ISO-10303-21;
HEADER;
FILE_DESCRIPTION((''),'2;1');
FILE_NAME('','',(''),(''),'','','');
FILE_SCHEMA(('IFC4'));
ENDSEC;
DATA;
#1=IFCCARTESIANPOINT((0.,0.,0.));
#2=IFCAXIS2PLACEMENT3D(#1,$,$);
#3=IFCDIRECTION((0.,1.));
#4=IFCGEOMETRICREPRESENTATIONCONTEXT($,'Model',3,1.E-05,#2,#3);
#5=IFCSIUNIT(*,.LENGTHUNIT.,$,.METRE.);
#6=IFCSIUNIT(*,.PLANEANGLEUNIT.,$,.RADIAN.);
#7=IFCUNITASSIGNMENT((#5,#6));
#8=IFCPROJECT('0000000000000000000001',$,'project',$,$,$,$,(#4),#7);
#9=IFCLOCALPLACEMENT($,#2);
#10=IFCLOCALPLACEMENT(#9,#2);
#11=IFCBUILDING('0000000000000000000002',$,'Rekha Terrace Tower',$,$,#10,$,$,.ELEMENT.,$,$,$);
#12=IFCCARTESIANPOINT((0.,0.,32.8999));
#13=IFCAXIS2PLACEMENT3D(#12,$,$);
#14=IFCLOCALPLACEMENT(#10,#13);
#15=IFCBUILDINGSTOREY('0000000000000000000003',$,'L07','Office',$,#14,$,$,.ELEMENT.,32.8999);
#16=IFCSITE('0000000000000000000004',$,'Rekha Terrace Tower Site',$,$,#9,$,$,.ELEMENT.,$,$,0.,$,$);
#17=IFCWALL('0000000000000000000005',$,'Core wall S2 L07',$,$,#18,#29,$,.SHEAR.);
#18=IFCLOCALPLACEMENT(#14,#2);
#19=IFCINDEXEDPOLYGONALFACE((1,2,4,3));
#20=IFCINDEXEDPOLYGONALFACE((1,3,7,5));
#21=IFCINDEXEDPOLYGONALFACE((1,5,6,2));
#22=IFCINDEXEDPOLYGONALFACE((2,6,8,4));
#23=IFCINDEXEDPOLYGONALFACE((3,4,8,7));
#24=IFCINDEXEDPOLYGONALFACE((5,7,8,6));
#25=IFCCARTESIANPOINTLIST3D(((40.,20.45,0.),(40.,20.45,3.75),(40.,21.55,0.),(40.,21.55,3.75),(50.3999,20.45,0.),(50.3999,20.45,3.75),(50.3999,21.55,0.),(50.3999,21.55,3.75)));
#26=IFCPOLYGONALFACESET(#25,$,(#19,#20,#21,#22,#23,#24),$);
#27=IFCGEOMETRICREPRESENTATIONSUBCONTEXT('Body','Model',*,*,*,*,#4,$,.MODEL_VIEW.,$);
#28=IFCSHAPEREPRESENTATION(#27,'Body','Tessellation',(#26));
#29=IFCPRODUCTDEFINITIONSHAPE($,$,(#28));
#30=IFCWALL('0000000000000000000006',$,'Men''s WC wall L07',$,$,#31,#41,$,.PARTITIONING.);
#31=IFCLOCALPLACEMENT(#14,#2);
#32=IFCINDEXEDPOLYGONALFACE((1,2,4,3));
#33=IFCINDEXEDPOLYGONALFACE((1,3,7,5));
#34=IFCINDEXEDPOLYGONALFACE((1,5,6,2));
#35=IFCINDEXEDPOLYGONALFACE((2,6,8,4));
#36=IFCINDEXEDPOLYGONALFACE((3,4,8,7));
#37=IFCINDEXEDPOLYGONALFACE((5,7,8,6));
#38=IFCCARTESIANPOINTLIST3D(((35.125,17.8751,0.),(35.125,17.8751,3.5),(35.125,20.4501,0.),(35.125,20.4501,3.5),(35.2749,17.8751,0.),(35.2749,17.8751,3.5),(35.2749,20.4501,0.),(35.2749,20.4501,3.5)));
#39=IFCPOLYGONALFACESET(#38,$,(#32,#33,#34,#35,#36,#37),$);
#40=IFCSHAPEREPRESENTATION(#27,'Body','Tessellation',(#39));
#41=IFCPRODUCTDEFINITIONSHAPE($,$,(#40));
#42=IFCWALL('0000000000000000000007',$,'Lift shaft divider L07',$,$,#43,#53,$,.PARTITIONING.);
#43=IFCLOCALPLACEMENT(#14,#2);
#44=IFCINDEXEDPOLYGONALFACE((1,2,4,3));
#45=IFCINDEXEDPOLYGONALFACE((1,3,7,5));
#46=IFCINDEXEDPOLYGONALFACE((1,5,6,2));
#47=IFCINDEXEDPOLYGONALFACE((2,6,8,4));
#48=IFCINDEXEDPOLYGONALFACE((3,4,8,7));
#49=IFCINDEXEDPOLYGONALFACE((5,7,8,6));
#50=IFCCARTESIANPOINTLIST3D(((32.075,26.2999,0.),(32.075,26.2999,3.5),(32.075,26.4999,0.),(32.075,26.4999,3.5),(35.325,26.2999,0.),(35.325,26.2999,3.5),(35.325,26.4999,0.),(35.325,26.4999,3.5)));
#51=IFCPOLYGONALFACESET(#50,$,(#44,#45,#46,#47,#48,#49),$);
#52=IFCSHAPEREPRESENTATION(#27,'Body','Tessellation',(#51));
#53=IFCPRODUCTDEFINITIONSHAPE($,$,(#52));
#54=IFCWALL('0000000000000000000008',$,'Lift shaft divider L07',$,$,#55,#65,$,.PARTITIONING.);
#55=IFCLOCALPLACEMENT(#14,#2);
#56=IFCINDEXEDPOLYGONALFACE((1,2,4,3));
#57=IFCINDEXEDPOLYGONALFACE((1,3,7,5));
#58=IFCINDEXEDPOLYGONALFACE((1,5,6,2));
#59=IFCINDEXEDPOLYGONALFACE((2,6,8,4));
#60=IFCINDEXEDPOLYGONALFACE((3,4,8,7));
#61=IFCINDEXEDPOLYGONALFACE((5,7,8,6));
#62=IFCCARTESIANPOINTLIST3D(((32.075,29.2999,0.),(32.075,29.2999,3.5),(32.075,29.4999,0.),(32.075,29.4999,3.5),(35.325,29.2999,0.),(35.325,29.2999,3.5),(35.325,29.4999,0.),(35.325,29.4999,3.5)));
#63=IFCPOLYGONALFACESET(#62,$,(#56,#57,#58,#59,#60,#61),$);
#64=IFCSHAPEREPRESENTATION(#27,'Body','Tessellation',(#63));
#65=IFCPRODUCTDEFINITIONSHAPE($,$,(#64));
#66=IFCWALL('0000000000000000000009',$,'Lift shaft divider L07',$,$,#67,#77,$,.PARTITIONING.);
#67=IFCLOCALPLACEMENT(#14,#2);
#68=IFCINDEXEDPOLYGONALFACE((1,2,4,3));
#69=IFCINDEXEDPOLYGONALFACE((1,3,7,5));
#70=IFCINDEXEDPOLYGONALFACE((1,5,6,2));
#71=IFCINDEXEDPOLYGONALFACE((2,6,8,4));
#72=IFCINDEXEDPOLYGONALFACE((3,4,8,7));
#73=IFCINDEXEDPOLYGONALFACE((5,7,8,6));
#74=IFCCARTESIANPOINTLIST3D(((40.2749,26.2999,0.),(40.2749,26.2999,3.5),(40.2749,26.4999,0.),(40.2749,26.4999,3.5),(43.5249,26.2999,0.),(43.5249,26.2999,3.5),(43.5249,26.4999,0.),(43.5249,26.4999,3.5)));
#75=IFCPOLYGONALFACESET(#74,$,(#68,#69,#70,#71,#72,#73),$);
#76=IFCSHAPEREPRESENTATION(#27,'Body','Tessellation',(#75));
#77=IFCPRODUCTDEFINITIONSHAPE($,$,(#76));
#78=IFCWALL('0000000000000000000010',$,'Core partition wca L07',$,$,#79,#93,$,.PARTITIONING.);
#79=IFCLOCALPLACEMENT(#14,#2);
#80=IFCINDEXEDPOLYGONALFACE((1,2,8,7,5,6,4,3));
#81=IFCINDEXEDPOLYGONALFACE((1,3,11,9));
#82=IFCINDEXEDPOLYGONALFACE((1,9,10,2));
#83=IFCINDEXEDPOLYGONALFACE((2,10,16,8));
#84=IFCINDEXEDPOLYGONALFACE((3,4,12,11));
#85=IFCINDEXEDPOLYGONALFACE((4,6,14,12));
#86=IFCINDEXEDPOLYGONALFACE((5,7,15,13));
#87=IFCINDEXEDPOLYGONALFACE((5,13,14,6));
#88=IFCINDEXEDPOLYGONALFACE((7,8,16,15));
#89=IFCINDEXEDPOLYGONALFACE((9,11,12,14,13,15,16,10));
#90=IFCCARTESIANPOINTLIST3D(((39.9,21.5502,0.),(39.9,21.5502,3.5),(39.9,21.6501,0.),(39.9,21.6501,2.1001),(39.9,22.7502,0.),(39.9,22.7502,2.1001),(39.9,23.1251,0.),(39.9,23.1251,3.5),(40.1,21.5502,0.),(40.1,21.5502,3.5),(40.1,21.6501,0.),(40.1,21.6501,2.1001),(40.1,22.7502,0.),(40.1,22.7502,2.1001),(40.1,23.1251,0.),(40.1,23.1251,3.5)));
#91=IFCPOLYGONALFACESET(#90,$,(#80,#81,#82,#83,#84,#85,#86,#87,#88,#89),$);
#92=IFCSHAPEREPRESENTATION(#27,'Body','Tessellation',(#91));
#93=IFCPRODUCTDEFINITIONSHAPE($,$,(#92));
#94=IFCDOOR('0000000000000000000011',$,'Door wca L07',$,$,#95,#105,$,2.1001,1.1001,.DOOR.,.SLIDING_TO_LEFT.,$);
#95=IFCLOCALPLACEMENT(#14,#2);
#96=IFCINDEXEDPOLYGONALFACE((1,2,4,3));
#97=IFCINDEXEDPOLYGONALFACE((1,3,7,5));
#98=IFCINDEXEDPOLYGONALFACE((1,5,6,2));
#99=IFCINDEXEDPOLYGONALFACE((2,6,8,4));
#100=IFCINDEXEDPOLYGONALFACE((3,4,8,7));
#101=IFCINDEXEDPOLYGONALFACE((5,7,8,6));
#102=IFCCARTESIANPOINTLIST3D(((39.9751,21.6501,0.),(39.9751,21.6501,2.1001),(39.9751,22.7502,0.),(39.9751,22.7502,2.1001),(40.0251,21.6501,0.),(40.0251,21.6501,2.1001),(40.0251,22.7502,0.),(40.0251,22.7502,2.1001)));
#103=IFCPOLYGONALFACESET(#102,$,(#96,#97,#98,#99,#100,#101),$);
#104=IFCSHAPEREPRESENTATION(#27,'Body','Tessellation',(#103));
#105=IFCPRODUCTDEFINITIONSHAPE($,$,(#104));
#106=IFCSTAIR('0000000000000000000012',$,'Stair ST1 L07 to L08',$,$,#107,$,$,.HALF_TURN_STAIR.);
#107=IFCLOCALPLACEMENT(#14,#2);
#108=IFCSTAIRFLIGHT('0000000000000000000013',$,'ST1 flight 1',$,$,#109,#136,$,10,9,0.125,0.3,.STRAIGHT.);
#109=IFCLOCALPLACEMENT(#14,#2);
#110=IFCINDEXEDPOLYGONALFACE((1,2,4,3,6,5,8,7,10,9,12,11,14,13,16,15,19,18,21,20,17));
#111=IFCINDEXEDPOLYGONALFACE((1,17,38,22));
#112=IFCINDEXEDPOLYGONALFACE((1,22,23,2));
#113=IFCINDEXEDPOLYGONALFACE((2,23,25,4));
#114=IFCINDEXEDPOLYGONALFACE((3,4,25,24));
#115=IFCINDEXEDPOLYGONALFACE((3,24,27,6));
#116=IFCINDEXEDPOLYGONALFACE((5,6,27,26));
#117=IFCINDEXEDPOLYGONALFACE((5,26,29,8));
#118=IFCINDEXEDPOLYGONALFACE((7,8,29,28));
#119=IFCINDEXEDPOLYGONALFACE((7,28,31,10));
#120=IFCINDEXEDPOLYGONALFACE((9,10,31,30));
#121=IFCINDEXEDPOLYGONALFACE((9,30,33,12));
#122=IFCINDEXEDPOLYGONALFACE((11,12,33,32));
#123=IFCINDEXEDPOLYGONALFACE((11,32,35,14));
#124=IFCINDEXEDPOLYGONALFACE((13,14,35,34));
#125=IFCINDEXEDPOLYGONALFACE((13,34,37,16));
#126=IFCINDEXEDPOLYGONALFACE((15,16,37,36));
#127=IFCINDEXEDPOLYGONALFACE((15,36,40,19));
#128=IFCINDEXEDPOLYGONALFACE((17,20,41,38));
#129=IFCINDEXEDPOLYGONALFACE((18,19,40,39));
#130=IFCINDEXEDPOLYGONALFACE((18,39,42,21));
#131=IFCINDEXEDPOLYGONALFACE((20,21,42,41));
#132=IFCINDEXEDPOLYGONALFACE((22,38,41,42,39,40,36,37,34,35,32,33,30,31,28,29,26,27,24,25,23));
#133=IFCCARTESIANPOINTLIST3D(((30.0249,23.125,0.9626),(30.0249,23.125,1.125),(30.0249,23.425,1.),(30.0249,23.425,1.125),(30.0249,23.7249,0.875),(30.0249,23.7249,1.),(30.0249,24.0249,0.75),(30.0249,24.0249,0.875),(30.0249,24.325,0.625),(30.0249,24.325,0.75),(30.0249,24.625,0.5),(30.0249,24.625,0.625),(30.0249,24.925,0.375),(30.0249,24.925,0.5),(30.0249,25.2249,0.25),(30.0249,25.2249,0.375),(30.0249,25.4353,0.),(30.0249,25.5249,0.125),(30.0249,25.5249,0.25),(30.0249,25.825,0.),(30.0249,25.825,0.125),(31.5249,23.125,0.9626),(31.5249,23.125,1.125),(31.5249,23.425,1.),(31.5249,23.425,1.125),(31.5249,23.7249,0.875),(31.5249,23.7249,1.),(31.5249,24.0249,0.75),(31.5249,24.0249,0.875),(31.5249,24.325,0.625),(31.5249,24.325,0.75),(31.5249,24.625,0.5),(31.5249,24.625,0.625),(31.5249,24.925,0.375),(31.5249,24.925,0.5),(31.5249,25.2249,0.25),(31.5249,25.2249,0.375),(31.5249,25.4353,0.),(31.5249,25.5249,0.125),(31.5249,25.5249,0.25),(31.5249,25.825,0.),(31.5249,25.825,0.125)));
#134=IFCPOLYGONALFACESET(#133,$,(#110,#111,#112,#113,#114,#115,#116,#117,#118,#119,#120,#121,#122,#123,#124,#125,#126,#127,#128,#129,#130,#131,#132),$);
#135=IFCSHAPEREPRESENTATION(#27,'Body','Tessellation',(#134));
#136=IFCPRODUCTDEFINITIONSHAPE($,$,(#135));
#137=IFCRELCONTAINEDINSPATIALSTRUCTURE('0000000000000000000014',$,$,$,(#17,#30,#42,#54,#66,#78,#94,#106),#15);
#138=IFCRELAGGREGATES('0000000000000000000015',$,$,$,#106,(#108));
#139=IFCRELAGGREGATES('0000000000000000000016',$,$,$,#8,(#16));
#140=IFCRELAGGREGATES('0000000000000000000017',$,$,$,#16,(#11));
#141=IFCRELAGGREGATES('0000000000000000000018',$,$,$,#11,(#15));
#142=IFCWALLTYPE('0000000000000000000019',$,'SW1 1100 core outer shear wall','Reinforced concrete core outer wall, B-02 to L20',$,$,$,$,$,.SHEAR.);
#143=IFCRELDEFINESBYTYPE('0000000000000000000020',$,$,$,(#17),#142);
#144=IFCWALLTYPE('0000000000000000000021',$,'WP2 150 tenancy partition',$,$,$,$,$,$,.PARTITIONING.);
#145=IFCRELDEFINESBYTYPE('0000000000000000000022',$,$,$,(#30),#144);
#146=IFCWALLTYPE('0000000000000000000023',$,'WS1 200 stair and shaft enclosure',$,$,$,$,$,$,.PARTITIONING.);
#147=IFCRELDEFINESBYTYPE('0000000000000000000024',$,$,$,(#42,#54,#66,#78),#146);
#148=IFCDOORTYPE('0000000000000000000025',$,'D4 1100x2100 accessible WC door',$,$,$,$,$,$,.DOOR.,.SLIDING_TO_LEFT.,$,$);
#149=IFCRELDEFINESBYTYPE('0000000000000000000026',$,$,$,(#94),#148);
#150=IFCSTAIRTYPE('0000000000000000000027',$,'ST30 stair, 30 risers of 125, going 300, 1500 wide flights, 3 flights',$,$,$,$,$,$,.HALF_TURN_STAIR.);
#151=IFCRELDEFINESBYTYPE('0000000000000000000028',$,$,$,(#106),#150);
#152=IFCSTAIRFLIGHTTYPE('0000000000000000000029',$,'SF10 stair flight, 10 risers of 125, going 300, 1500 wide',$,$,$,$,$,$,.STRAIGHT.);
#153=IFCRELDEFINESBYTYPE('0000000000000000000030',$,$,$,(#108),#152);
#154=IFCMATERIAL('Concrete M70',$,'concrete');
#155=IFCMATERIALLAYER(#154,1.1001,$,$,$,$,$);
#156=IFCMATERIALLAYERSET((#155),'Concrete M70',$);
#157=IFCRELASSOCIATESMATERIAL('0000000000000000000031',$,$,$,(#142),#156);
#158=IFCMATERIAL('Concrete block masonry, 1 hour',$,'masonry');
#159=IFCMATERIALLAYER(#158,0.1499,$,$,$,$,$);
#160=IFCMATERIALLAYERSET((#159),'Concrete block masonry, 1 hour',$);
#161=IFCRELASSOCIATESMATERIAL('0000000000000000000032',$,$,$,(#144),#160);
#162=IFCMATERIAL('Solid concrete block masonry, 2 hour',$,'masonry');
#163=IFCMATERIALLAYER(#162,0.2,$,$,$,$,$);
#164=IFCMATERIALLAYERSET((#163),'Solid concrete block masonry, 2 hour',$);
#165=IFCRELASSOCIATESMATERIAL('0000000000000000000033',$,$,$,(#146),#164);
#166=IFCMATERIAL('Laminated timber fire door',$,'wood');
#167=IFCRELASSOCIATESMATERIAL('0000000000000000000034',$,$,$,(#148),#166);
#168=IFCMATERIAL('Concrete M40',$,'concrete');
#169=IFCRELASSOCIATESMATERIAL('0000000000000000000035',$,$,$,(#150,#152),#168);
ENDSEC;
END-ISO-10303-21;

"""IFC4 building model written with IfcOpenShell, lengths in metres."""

from ifc_helpers import new_model, si_unit, direction, frame, frame_2d, origin, place, context, subcontext, project, spatial, polyline, rectangle, outline, extrude, material, layer, layer_set, type_object, element, fill, aggregate, save


model = new_model("IFC4")

# Units and contexts
model_context = context("Model", 3, precision=1e-05, world=origin(), true_north=direction((0.0, 1.0)))
body_context = subcontext(model_context, "Body", "Model", "MODEL_VIEW")
ifc_project = project(units=[si_unit("LENGTHUNIT", "METRE"), si_unit("PLANEANGLEUNIT", "RADIAN")], contexts=[model_context])

# Site, building, storey
site_placement = place(None, origin())
site = spatial("IfcSite", under=ifc_project, at=site_placement, Name="Rekha Terrace Tower Site", CompositionType="ELEMENT", RefElevation=0.0)
building_placement = place(site_placement, origin())
building = spatial("IfcBuilding", under=site, at=building_placement, Name="Rekha Terrace Tower", CompositionType="ELEMENT")
storey_placement = place(building_placement, frame((0.0, 0.0, 32.8999)))
storey = spatial("IfcBuildingStorey", under=building, at=storey_placement, Name="L07", Description="Office", CompositionType="ELEMENT", Elevation=32.8999)

# Shared definitions
ifc_material_1 = material(Name="Concrete M70", Category="concrete")

# Walls
ifc_layer_1 = layer(ifc_material_1, 1.1001)
ifc_layer_set_1 = layer_set([ifc_layer_1], Name="Concrete M70")
wall_type_1 = type_object("IfcWallType", Name="SW1 1100 core outer shear wall", Description="Reinforced concrete core outer wall, B-02 to L20", PredefinedType="SHEAR", material=ifc_layer_set_1)
wall_1_placement = place(storey_placement, frame((40.0, 21.0, 0.0), z_axis=(0.0, 0.0, 1.0), x_axis=(1.0, 0.0, 0.0)))
element("IfcWall", 1, at=wall_1_placement, inside=storey, type_object=wall_type_1, Name="Core wall S2 L07", PredefinedType="SHEAR", context=body_context, shape_type="SweptSolid", body=[
    extrude(rectangle(XDim=10.3999, YDim=1.1001, at=frame_2d((5.2, 0.0))), origin(), (0.0, 0.0, 1.0), 3.75),
])
ifc_material_2 = material(Name="Concrete block masonry, 1 hour", Category="masonry")
ifc_layer_2 = layer(ifc_material_2, 0.1499)
ifc_layer_set_2 = layer_set([ifc_layer_2], Name="Concrete block masonry, 1 hour")
wall_type_2 = type_object("IfcWallType", Name="WP2 150 tenancy partition", PredefinedType="PARTITIONING", material=ifc_layer_set_2)
wall_2_placement = place(storey_placement, frame((35.2, 17.875, 0.0), z_axis=(0.0, 0.0, 1.0), x_axis=(0.0, 1.0, 0.0)))
element("IfcWall", 2, at=wall_2_placement, inside=storey, type_object=wall_type_2, Name="Men's WC wall L07", PredefinedType="PARTITIONING", context=body_context, shape_type="SweptSolid", body=[
    extrude(rectangle(XDim=2.575, YDim=0.1499, at=frame_2d((1.2876, 0.0))), origin(), (0.0, 0.0, 1.0), 3.5),
])
ifc_material_3 = material(Name="Solid concrete block masonry, 2 hour", Category="masonry")
ifc_layer_3 = layer(ifc_material_3, 0.2)
ifc_layer_set_3 = layer_set([ifc_layer_3], Name="Solid concrete block masonry, 2 hour")
wall_type_3 = type_object("IfcWallType", Name="WS1 200 stair and shaft enclosure", PredefinedType="PARTITIONING", material=ifc_layer_set_3)
for number, where, z_axis, x_axis, name in (
    (3, (32.075, 26.3999, 0.0), (0.0, 0.0, 1.0), (1.0, 0.0, 0.0), "Lift shaft divider L07"),
    (4, (32.075, 29.3999, 0.0), (0.0, 0.0, 1.0), (1.0, 0.0, 0.0), "Lift shaft divider L07"),
    (5, (40.2749, 26.3999, 0.0), (0.0, 0.0, 1.0), (1.0, 0.0, 0.0), "Lift shaft divider L07"),
):
    element("IfcWall", number, at=place(storey_placement, frame(where, z_axis=z_axis, x_axis=x_axis)), inside=storey, type_object=wall_type_3, Name=name, PredefinedType="PARTITIONING", context=body_context, shape_type="SweptSolid", body=[
        extrude(rectangle(XDim=3.25, YDim=0.2, at=frame_2d((1.625, 0.0))), origin(), (0.0, 0.0, 1.0), 3.5),
    ])

# Wall, opening, door
wall_3_placement = place(storey_placement, frame((40.0, 21.55, 0.0), z_axis=(0.0, 0.0, 1.0), x_axis=(0.0, 1.0, 0.0)))
wall_3 = element("IfcWall", 6, at=wall_3_placement, inside=storey, type_object=wall_type_3, Name="Core partition wca L07", PredefinedType="PARTITIONING", context=body_context, shape_type="SweptSolid", body=[
    extrude(rectangle(XDim=1.575, YDim=0.2, at=frame_2d((0.7876, 0.0))), origin(), (0.0, 0.0, 1.0), 3.5),
])
opening_1_placement = place(wall_3_placement, frame((0.1001, 0.0, 0.0)))
opening_1 = element("IfcOpeningElement", 7, at=opening_1_placement, cuts=wall_3, PredefinedType="OPENING", context=body_context, shape_type="SweptSolid", body=[
    extrude(rectangle(XDim=1.1001, YDim=2.1001, at=frame_2d((0.55, 1.05))), frame((0.0, 0.1099, 0.0), z_axis=(0.0, -1.0, 0.0), x_axis=(1.0, 0.0, 0.0)), (0.0, 0.0, 1.0), 0.22),
])
ifc_material_4 = material(Name="Laminated timber fire door", Category="wood")
door_type_1 = type_object("IfcDoorType", Name="D4 1100x2100 accessible WC door", OperationType="SLIDING_TO_LEFT", PredefinedType="DOOR", material=ifc_material_4)
door_1_placement = place(opening_1_placement, origin())
door_1 = element("IfcDoor", 8, at=door_1_placement, inside=storey, type_object=door_type_1, Name="Door wca L07", OperationType="SLIDING_TO_LEFT", OverallHeight=2.1001, OverallWidth=1.1001, PredefinedType="DOOR", context=body_context, shape_type="SweptSolid", body=[
    extrude(rectangle(XDim=1.1001, YDim=2.1001, at=frame_2d((0.55, 1.05))), frame((0.0, 0.0249, 0.0), z_axis=(0.0, -1.0, 0.0), x_axis=(1.0, 0.0, 0.0)), (0.0, 0.0, 1.0), 0.05),
])
fill(opening_1, door_1)

# Stair, stair flight
ifc_material_5 = material(Name="Concrete M40", Category="concrete")
stair_type = type_object("IfcStairType", Name="ST30 stair, 30 risers of 125, going 300, 1500 wide flights, 3 flights", PredefinedType="HALF_TURN_STAIR", material=ifc_material_5)
stair_placement = place(storey_placement, origin())
stair = element("IfcStair", 9, at=stair_placement, inside=storey, type_object=stair_type, Name="Stair ST1 L07 to L08", PredefinedType="HALF_TURN_STAIR")
stair_flight_type = type_object("IfcStairFlightType", Name="SF10 stair flight, 10 risers of 125, going 300, 1500 wide", PredefinedType="STRAIGHT", material=ifc_material_5)
stair_flight_placement = place(storey_placement, frame((30.7749, 25.825, 0.0), z_axis=(0.0, 0.0, 1.0), x_axis=(0.0, -1.0, 0.0)))
stair_flight = element("IfcStairFlight", 10, at=stair_flight_placement, type_object=stair_flight_type, Name="ST1 flight 1", NumberOfRisers=10, NumberOfTreads=9, PredefinedType="STRAIGHT", RiserHeight=0.125, TreadLength=0.3, context=body_context, shape_type="SweptSolid", body=[
    extrude(outline(polyline([(0.0, 0.0), (0.0, 0.125), (0.3, 0.125), (0.3, 0.25), (0.6001, 0.25), (0.6001, 0.375), (0.8999, 0.375), (0.8999, 0.5), (1.2, 0.5), (1.2, 0.625), (1.5, 0.625), (1.5, 0.75), (1.8, 0.75), (1.8, 0.875), (2.1001, 0.875), (2.1001, 1.0), (2.3999, 1.0), (2.3999, 1.125), (2.7, 1.125), (2.7, 1.25), (2.7, 0.9626), (0.3896, 0.0), (0.0, 0.0)])), frame((0.0, 0.75, 0.0), z_axis=(0.0, -1.0, 0.0), x_axis=(1.0, 0.0, 0.0)), (0.0, 0.0, 1.0), 1.5),
])
aggregate(stair, [stair_flight])

save(model, "model.ifc")
